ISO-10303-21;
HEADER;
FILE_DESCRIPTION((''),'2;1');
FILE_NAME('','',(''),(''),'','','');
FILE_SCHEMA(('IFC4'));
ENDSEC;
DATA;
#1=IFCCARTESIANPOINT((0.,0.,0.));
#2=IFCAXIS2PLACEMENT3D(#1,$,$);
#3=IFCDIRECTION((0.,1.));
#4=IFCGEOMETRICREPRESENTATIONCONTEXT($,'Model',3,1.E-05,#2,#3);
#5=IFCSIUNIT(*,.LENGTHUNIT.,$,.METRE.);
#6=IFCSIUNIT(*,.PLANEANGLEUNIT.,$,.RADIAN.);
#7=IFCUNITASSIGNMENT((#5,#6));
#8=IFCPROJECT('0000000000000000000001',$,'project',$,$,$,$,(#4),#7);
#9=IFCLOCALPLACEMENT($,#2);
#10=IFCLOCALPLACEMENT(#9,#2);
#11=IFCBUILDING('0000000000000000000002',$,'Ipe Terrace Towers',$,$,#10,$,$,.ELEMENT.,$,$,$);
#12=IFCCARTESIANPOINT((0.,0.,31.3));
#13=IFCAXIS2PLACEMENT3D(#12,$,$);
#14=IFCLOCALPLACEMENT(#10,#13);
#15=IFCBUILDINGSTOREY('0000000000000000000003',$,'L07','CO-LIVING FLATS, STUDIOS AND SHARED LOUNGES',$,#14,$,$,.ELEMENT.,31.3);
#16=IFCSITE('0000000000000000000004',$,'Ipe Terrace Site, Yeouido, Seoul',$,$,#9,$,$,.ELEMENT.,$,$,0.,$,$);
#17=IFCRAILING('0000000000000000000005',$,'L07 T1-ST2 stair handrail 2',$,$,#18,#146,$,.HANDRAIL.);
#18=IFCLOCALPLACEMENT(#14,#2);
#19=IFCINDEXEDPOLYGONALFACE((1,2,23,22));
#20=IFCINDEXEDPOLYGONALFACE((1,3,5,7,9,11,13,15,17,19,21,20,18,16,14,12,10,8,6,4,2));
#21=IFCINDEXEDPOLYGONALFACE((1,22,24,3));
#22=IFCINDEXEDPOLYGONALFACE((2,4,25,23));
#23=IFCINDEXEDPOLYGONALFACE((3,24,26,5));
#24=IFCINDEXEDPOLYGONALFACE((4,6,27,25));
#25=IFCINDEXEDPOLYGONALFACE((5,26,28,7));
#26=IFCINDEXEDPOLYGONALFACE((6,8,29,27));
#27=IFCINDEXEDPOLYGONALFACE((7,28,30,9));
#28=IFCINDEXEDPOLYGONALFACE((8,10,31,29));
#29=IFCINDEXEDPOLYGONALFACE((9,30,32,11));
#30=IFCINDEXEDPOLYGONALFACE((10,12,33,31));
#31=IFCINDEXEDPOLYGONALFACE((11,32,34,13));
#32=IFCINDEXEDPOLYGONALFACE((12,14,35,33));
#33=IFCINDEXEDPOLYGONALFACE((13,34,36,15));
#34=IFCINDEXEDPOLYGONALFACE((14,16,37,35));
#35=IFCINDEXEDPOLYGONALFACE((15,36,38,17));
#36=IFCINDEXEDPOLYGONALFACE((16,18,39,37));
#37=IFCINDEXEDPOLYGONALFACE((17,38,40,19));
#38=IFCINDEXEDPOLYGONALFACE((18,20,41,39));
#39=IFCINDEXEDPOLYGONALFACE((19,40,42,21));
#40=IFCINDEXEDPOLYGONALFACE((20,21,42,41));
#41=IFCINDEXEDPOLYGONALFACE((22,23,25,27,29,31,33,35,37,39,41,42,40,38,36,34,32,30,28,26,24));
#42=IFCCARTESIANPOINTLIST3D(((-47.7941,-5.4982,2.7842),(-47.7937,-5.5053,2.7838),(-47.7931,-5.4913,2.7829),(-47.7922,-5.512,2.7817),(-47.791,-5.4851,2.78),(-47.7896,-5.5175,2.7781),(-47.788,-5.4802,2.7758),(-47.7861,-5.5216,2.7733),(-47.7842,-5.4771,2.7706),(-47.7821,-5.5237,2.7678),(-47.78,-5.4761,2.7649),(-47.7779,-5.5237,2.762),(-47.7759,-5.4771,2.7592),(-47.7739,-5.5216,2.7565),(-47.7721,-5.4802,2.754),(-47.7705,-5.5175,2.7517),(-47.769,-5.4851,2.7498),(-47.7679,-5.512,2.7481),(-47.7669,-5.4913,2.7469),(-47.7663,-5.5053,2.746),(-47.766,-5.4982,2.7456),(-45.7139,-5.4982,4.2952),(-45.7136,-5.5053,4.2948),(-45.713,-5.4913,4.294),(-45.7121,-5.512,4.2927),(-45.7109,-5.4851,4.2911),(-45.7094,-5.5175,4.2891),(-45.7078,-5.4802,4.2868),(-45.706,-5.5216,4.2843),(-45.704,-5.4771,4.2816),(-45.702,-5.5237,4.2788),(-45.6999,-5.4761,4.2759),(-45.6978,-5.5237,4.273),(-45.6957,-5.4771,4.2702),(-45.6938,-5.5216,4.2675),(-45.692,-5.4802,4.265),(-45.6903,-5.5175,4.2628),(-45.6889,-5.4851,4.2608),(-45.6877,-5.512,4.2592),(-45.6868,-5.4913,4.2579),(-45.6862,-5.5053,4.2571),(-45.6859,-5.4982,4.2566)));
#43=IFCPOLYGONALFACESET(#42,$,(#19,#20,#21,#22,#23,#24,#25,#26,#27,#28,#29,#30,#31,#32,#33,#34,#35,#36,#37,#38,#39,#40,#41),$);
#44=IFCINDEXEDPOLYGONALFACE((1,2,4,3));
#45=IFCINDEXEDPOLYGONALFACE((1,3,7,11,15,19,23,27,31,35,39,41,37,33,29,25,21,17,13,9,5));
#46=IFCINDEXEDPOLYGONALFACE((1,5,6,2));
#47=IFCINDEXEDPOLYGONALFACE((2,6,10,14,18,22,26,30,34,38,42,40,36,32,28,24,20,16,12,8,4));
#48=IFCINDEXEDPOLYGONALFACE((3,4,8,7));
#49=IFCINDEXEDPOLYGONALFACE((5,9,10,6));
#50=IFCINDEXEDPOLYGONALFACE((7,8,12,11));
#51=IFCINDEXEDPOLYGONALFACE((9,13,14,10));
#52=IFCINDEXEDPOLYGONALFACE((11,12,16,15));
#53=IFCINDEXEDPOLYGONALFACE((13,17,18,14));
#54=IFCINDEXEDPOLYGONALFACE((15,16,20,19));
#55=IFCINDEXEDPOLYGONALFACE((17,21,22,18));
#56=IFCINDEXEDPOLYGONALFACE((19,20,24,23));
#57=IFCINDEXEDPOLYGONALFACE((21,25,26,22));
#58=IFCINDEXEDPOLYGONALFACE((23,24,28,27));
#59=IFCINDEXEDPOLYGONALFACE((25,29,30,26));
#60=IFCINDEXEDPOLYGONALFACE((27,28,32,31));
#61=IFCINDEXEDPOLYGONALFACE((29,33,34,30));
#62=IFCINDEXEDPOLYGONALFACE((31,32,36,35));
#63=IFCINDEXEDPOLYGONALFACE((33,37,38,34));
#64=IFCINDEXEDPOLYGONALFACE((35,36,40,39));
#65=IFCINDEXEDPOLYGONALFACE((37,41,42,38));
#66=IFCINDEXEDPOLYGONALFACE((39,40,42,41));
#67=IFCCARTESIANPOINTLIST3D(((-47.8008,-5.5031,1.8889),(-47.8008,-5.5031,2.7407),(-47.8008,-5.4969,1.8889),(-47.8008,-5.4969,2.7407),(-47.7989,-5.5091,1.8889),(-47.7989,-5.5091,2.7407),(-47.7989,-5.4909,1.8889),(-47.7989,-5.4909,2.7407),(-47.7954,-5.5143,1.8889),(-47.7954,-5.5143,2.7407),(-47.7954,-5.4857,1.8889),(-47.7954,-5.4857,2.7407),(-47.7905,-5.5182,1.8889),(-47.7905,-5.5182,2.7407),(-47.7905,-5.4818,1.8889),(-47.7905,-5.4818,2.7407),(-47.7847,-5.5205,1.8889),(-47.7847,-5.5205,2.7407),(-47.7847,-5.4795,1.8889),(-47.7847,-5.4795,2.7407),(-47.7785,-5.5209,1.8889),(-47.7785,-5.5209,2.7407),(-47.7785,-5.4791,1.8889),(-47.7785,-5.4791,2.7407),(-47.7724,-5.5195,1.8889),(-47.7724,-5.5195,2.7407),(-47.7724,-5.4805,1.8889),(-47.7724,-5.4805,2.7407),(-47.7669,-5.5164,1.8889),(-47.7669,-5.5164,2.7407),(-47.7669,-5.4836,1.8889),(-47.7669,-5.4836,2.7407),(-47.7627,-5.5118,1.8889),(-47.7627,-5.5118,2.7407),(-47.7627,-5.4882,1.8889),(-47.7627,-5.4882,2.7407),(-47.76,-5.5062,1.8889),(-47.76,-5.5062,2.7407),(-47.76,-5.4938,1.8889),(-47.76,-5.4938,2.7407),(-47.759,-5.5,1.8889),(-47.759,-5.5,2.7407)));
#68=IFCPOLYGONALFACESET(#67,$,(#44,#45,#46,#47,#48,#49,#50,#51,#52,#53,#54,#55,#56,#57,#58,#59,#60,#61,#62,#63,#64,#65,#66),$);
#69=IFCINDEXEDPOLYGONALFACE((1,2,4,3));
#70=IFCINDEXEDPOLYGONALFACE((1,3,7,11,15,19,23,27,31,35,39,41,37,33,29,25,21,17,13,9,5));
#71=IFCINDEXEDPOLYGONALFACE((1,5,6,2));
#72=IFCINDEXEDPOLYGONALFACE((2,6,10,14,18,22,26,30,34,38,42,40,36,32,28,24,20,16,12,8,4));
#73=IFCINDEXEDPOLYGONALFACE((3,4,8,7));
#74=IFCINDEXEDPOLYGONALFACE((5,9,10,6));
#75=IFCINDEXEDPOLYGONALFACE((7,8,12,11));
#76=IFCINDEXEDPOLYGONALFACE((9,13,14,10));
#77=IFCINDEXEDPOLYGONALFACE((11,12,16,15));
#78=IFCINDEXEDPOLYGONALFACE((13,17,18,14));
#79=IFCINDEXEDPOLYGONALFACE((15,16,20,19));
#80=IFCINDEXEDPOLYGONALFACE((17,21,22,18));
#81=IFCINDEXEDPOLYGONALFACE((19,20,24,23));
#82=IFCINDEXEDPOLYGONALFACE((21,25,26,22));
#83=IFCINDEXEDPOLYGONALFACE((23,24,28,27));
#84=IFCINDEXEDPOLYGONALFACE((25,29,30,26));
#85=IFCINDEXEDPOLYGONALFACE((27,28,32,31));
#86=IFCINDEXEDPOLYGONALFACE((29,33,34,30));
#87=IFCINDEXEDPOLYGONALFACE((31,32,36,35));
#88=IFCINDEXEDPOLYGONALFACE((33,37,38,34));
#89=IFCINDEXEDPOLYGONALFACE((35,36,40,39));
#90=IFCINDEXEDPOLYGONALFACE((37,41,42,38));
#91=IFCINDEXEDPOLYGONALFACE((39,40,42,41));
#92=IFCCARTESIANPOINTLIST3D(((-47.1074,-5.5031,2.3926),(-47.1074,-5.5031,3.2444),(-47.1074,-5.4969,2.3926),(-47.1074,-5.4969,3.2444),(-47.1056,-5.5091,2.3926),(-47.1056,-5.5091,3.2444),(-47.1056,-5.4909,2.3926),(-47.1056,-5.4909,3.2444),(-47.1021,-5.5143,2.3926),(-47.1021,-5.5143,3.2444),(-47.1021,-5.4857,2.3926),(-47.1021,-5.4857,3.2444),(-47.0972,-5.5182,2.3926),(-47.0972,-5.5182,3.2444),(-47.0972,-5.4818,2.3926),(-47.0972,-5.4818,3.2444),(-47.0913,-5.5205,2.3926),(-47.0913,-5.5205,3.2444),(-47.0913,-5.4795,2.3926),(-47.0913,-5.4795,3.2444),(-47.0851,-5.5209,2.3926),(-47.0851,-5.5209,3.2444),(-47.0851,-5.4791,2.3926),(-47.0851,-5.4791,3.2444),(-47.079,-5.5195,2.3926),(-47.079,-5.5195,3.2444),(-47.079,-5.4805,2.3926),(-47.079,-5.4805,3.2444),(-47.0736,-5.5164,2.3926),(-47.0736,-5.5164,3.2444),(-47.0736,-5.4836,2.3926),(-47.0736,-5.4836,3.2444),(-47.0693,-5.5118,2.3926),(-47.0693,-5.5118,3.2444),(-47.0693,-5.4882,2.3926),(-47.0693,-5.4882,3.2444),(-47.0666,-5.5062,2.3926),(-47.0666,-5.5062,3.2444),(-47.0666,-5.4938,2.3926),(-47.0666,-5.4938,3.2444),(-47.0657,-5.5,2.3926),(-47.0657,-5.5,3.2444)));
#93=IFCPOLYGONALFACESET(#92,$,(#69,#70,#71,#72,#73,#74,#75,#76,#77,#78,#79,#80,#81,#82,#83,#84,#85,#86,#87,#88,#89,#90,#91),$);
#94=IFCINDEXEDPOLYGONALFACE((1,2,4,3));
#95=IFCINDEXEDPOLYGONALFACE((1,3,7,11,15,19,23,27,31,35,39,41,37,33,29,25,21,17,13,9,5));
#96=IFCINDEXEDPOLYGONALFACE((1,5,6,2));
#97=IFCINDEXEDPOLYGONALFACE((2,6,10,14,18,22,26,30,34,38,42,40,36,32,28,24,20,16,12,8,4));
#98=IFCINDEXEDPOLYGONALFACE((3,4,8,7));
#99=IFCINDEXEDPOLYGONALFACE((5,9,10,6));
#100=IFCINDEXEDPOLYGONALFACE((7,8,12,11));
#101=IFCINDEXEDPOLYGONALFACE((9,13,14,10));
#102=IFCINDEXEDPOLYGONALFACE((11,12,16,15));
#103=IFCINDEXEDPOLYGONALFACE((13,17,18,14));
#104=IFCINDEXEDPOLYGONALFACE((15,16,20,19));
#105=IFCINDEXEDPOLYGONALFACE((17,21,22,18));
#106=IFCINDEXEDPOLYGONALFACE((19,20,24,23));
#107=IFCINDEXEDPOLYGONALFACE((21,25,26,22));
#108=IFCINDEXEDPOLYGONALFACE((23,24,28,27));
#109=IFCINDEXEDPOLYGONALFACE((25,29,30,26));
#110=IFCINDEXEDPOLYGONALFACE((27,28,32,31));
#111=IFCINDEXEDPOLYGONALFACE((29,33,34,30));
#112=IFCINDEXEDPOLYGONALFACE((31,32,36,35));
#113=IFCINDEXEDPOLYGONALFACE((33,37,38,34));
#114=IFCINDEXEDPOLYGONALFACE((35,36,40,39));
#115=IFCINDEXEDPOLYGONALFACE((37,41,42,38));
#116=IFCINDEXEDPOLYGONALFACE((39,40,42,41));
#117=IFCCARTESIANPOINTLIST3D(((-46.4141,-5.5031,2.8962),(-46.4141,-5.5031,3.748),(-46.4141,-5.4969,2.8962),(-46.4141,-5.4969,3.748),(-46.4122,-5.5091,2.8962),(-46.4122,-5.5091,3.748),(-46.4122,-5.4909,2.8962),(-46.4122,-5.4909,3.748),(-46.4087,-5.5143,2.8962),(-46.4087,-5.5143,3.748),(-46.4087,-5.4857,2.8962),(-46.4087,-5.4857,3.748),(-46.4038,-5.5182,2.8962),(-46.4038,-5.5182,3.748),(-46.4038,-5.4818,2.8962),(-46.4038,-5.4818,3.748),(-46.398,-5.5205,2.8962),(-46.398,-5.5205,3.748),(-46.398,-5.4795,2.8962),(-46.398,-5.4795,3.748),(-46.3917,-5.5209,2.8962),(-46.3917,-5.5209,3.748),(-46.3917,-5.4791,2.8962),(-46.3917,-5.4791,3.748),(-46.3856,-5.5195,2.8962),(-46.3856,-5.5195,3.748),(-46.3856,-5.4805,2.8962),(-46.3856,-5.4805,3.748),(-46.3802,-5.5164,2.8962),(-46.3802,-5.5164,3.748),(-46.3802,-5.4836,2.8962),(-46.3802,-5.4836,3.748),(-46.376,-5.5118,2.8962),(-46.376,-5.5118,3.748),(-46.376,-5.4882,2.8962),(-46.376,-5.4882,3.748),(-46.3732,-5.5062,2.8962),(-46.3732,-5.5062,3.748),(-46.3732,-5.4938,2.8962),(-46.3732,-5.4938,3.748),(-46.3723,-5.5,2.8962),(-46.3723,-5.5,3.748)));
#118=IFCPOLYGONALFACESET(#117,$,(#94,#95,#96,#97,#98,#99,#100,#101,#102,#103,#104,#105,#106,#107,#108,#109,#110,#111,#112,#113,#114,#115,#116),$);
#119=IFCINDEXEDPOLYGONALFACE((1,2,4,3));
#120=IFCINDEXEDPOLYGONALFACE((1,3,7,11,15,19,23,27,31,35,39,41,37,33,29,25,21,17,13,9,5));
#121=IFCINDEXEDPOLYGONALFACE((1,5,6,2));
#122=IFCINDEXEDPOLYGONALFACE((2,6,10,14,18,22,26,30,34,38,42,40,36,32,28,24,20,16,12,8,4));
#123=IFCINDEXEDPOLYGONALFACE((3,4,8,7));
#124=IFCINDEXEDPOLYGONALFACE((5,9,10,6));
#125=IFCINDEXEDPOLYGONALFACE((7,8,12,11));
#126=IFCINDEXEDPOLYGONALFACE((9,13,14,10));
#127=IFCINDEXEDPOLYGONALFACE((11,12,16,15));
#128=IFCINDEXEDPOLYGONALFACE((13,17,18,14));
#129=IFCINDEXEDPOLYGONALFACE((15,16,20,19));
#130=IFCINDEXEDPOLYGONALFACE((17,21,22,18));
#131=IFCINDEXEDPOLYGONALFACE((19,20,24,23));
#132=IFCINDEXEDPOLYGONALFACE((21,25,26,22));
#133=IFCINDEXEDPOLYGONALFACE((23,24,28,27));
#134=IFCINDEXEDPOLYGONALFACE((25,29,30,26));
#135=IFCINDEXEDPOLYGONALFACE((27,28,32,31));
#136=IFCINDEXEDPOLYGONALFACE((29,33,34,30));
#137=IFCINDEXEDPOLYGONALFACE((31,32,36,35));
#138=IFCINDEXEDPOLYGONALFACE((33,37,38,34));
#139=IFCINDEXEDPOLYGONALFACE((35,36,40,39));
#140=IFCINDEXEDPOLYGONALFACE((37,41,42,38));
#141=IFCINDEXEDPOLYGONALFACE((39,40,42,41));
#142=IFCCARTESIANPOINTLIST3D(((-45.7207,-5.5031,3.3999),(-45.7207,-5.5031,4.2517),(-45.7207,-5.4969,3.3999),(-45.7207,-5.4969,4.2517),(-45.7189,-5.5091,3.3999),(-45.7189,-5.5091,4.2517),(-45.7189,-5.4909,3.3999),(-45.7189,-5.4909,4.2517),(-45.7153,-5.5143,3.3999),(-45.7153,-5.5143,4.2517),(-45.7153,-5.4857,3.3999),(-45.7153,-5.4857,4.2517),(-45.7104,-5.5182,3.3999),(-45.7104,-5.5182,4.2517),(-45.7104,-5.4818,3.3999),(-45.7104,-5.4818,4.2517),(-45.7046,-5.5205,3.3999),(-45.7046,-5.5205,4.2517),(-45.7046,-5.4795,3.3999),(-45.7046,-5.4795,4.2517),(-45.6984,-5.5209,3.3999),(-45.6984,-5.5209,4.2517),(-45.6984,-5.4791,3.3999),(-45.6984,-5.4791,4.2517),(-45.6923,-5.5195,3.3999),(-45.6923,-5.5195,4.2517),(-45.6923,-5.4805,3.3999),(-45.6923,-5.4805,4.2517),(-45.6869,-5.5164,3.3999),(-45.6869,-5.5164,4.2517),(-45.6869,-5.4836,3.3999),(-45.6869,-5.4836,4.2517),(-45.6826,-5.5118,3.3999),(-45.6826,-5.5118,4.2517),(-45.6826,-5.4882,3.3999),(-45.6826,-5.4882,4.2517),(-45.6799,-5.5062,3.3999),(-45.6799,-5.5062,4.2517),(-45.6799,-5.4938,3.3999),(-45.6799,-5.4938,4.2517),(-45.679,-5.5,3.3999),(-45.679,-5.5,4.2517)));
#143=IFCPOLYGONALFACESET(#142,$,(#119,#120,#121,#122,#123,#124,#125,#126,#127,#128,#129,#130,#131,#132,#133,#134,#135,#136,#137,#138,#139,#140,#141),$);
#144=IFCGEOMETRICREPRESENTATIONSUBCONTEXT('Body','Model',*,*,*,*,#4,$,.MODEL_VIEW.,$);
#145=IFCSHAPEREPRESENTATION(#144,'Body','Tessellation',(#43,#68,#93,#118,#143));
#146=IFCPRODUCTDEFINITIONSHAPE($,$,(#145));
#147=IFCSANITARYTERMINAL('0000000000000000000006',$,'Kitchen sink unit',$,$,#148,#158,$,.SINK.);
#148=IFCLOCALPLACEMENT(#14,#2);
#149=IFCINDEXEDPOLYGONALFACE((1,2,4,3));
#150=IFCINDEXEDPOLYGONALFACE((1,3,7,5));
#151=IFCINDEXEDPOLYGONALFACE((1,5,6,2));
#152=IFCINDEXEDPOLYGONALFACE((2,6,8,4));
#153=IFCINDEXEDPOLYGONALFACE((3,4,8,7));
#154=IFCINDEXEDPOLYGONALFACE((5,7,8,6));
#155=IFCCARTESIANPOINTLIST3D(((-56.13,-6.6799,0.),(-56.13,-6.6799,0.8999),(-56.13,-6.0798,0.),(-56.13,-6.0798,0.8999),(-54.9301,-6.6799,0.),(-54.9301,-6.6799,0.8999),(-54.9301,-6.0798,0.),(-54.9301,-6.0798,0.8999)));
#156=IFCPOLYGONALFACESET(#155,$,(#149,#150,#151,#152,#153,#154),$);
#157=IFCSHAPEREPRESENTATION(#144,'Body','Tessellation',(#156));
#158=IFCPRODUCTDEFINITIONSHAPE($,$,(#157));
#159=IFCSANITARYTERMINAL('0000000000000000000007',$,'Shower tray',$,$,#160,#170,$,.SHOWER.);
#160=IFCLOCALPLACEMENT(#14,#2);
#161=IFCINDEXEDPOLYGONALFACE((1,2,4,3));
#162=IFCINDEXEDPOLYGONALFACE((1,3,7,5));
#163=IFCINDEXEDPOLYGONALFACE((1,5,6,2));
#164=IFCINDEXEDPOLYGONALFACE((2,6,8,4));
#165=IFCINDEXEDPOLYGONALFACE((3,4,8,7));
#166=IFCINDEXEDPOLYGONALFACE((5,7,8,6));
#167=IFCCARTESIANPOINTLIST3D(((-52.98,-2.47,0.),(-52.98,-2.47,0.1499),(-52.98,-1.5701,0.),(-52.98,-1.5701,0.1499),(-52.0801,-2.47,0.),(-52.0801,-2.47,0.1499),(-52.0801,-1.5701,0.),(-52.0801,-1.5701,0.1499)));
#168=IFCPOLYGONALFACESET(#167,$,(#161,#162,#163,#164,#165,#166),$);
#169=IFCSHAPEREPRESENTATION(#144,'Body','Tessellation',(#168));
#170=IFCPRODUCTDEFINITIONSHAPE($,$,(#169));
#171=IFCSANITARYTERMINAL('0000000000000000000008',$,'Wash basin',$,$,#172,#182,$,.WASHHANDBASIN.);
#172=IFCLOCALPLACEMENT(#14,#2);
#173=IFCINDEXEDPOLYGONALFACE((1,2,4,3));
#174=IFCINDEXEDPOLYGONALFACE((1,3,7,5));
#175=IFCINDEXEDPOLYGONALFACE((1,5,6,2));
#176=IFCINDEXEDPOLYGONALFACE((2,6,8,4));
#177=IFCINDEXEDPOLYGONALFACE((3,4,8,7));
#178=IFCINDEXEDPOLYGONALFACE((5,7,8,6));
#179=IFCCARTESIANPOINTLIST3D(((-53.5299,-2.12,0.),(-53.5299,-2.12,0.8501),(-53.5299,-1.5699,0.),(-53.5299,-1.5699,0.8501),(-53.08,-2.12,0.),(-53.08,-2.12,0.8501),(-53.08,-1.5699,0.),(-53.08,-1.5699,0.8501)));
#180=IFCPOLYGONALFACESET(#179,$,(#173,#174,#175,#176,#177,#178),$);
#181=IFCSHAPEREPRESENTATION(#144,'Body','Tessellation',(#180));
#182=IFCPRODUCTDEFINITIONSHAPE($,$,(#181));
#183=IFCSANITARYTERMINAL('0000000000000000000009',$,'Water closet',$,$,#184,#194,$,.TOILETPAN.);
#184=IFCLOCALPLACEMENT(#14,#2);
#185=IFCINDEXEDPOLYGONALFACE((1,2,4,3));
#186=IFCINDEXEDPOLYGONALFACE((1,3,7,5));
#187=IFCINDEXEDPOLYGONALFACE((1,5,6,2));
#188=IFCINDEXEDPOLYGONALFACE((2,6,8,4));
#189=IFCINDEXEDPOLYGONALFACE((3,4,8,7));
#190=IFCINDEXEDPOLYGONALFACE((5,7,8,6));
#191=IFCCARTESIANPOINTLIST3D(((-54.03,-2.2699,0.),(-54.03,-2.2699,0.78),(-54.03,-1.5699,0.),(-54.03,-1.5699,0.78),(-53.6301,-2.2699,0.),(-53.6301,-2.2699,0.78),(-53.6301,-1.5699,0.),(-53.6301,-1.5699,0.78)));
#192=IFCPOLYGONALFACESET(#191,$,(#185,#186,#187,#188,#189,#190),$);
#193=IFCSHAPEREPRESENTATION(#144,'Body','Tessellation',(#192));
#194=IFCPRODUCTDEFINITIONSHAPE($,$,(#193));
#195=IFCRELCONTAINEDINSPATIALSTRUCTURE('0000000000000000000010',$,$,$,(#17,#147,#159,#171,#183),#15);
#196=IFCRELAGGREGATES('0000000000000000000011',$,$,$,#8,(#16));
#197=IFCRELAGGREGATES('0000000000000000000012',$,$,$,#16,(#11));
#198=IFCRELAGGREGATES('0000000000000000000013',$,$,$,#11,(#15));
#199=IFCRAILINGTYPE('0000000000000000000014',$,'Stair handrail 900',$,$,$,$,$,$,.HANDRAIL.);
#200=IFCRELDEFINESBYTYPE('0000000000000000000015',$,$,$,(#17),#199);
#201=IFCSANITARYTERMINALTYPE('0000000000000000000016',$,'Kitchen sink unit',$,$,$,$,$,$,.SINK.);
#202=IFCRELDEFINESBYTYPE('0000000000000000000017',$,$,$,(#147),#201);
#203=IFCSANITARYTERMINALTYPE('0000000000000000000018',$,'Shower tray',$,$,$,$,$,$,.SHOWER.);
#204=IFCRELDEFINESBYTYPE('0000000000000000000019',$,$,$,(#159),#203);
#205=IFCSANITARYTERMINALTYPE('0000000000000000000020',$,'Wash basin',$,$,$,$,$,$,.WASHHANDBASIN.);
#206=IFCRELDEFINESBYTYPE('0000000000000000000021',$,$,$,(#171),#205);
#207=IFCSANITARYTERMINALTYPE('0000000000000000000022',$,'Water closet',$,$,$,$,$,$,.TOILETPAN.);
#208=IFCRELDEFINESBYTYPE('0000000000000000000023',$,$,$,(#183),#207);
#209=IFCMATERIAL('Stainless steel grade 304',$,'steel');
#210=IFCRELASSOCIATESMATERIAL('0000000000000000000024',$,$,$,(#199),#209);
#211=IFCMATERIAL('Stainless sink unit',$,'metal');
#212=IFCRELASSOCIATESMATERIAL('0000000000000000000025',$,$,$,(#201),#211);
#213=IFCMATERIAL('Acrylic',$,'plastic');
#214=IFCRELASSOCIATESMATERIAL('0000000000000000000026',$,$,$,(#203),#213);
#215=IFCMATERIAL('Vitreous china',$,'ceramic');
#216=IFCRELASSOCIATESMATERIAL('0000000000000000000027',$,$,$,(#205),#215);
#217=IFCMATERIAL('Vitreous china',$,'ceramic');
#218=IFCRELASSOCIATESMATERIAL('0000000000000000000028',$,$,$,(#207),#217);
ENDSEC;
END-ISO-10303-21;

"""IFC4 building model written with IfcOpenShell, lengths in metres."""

from ifc_helpers import new_model, si_unit, direction, frame, origin, origin_2d, place, context, subcontext, project, spatial, rectangle, circle, extrude, material, type_object, element, save


model = new_model("IFC4")

# Units and contexts
model_context = context("Model", 3, precision=1e-05, world=origin(), true_north=direction((0.0, 1.0)))
body_context = subcontext(model_context, "Body", "Model", "MODEL_VIEW")
ifc_project = project(units=[si_unit("LENGTHUNIT", "METRE"), si_unit("PLANEANGLEUNIT", "RADIAN")], contexts=[model_context])

# Site, building, storey
site_placement = place(None, origin())
site = spatial("IfcSite", under=ifc_project, at=site_placement, Name="Ipe Terrace Site, Yeouido, Seoul", CompositionType="ELEMENT", RefElevation=0.0)
building_placement = place(site_placement, origin())
building = spatial("IfcBuilding", under=site, at=building_placement, Name="Ipe Terrace Towers", CompositionType="ELEMENT")
storey_placement = place(building_placement, frame((0.0, 0.0, 31.3)))
storey = spatial("IfcBuildingStorey", under=building, at=storey_placement, Name="L07", Description="CO-LIVING FLATS, STUDIOS AND SHARED LOUNGES", CompositionType="ELEMENT", Elevation=31.3)

# Railing
ifc_material_1 = material(Name="Stainless steel grade 304", Category="steel")
railing_type_1 = type_object("IfcRailingType", Name="Stair handrail 900", PredefinedType="HANDRAIL", material=ifc_material_1)
railing_1_placement = place(storey_placement, frame((-47.78, -5.5, 1.8889)))
element("IfcRailing", 1, at=railing_1_placement, inside=storey, type_object=railing_type_1, Name="L07 T1-ST2 stair handrail 2", PredefinedType="HANDRAIL", context=body_context, shape_type="SweptSolid", body=[
    extrude(circle(Radius=0.0239, at=origin_2d()), frame((0.0, 0.0, 0.876), z_axis=(0.809069, 0.0, 0.587714), x_axis=(0.0, 1.0, 0.0)), (0.0, 0.0, 1.0), 2.571),
    extrude(circle(Radius=0.021, at=origin_2d()), origin(), (0.0, 0.0, 1.0), 0.8518),
    extrude(circle(Radius=0.021, at=origin_2d()), frame((0.6934, 0.0, 0.5037)), (0.0, 0.0, 1.0), 0.8518),
    extrude(circle(Radius=0.021, at=origin_2d()), frame((1.3867, 0.0, 1.0073)), (0.0, 0.0, 1.0), 0.8518),
    extrude(circle(Radius=0.021, at=origin_2d()), frame((2.0801, 0.0, 1.511)), (0.0, 0.0, 1.0), 0.8518),
])

# Sanitary terminals
ifc_material_2 = material(Name="Stainless sink unit", Category="metal")
sanitary_terminal_type_1 = type_object("IfcSanitaryTerminalType", Name="Kitchen sink unit", PredefinedType="SINK", material=ifc_material_2)
sanitary_terminal_1_placement = place(storey_placement, frame((-55.53, -6.3799, 0.0), z_axis=(0.0, 0.0, 1.0), x_axis=(-1.0, 0.0, 0.0)))
element("IfcSanitaryTerminal", 2, at=sanitary_terminal_1_placement, inside=storey, type_object=sanitary_terminal_type_1, Name="Kitchen sink unit", PredefinedType="SINK", context=body_context, shape_type="SweptSolid", body=[
    extrude(rectangle(XDim=1.2, YDim=0.6001, at=origin_2d()), origin(), (0.0, 0.0, 1.0), 0.8999),
])
ifc_material_3 = material(Name="Acrylic", Category="plastic")
sanitary_terminal_type_2 = type_object("IfcSanitaryTerminalType", Name="Shower tray", PredefinedType="SHOWER", material=ifc_material_3)
sanitary_terminal_2_placement = place(storey_placement, frame((-52.53, -2.02, 0.0), z_axis=(0.0, 0.0, 1.0), x_axis=(0.0, -1.0, 0.0)))
element("IfcSanitaryTerminal", 3, at=sanitary_terminal_2_placement, inside=storey, type_object=sanitary_terminal_type_2, Name="Shower tray", PredefinedType="SHOWER", context=body_context, shape_type="SweptSolid", body=[
    extrude(rectangle(XDim=0.8999, YDim=0.8999, at=origin_2d()), origin(), (0.0, 0.0, 1.0), 0.1499),
])
ifc_material_4 = material(Name="Vitreous china", Category="ceramic")
sanitary_terminal_type_3 = type_object("IfcSanitaryTerminalType", Name="Wash basin", PredefinedType="WASHHANDBASIN", material=ifc_material_4)
sanitary_terminal_3_placement = place(storey_placement, frame((-53.3049, -1.845, 0.0), z_axis=(0.0, 0.0, 1.0), x_axis=(0.0, -1.0, 0.0)))
element("IfcSanitaryTerminal", 4, at=sanitary_terminal_3_placement, inside=storey, type_object=sanitary_terminal_type_3, Name="Wash basin", PredefinedType="WASHHANDBASIN", context=body_context, shape_type="SweptSolid", body=[
    extrude(rectangle(XDim=0.55, YDim=0.45, at=origin_2d()), origin(), (0.0, 0.0, 1.0), 0.8501),
])
ifc_material_5 = material(Name="Vitreous china", Category="ceramic")
sanitary_terminal_type_4 = type_object("IfcSanitaryTerminalType", Name="Water closet", PredefinedType="TOILETPAN", material=ifc_material_5)
sanitary_terminal_4_placement = place(storey_placement, frame((-53.8301, -1.9199, 0.0), z_axis=(0.0, 0.0, 1.0), x_axis=(0.0, -1.0, 0.0)))
element("IfcSanitaryTerminal", 5, at=sanitary_terminal_4_placement, inside=storey, type_object=sanitary_terminal_type_4, Name="Water closet", PredefinedType="TOILETPAN", context=body_context, shape_type="SweptSolid", body=[
    extrude(rectangle(XDim=0.7, YDim=0.3999, at=origin_2d()), origin(), (0.0, 0.0, 1.0), 0.78),
])

save(model, "model.ifc")
